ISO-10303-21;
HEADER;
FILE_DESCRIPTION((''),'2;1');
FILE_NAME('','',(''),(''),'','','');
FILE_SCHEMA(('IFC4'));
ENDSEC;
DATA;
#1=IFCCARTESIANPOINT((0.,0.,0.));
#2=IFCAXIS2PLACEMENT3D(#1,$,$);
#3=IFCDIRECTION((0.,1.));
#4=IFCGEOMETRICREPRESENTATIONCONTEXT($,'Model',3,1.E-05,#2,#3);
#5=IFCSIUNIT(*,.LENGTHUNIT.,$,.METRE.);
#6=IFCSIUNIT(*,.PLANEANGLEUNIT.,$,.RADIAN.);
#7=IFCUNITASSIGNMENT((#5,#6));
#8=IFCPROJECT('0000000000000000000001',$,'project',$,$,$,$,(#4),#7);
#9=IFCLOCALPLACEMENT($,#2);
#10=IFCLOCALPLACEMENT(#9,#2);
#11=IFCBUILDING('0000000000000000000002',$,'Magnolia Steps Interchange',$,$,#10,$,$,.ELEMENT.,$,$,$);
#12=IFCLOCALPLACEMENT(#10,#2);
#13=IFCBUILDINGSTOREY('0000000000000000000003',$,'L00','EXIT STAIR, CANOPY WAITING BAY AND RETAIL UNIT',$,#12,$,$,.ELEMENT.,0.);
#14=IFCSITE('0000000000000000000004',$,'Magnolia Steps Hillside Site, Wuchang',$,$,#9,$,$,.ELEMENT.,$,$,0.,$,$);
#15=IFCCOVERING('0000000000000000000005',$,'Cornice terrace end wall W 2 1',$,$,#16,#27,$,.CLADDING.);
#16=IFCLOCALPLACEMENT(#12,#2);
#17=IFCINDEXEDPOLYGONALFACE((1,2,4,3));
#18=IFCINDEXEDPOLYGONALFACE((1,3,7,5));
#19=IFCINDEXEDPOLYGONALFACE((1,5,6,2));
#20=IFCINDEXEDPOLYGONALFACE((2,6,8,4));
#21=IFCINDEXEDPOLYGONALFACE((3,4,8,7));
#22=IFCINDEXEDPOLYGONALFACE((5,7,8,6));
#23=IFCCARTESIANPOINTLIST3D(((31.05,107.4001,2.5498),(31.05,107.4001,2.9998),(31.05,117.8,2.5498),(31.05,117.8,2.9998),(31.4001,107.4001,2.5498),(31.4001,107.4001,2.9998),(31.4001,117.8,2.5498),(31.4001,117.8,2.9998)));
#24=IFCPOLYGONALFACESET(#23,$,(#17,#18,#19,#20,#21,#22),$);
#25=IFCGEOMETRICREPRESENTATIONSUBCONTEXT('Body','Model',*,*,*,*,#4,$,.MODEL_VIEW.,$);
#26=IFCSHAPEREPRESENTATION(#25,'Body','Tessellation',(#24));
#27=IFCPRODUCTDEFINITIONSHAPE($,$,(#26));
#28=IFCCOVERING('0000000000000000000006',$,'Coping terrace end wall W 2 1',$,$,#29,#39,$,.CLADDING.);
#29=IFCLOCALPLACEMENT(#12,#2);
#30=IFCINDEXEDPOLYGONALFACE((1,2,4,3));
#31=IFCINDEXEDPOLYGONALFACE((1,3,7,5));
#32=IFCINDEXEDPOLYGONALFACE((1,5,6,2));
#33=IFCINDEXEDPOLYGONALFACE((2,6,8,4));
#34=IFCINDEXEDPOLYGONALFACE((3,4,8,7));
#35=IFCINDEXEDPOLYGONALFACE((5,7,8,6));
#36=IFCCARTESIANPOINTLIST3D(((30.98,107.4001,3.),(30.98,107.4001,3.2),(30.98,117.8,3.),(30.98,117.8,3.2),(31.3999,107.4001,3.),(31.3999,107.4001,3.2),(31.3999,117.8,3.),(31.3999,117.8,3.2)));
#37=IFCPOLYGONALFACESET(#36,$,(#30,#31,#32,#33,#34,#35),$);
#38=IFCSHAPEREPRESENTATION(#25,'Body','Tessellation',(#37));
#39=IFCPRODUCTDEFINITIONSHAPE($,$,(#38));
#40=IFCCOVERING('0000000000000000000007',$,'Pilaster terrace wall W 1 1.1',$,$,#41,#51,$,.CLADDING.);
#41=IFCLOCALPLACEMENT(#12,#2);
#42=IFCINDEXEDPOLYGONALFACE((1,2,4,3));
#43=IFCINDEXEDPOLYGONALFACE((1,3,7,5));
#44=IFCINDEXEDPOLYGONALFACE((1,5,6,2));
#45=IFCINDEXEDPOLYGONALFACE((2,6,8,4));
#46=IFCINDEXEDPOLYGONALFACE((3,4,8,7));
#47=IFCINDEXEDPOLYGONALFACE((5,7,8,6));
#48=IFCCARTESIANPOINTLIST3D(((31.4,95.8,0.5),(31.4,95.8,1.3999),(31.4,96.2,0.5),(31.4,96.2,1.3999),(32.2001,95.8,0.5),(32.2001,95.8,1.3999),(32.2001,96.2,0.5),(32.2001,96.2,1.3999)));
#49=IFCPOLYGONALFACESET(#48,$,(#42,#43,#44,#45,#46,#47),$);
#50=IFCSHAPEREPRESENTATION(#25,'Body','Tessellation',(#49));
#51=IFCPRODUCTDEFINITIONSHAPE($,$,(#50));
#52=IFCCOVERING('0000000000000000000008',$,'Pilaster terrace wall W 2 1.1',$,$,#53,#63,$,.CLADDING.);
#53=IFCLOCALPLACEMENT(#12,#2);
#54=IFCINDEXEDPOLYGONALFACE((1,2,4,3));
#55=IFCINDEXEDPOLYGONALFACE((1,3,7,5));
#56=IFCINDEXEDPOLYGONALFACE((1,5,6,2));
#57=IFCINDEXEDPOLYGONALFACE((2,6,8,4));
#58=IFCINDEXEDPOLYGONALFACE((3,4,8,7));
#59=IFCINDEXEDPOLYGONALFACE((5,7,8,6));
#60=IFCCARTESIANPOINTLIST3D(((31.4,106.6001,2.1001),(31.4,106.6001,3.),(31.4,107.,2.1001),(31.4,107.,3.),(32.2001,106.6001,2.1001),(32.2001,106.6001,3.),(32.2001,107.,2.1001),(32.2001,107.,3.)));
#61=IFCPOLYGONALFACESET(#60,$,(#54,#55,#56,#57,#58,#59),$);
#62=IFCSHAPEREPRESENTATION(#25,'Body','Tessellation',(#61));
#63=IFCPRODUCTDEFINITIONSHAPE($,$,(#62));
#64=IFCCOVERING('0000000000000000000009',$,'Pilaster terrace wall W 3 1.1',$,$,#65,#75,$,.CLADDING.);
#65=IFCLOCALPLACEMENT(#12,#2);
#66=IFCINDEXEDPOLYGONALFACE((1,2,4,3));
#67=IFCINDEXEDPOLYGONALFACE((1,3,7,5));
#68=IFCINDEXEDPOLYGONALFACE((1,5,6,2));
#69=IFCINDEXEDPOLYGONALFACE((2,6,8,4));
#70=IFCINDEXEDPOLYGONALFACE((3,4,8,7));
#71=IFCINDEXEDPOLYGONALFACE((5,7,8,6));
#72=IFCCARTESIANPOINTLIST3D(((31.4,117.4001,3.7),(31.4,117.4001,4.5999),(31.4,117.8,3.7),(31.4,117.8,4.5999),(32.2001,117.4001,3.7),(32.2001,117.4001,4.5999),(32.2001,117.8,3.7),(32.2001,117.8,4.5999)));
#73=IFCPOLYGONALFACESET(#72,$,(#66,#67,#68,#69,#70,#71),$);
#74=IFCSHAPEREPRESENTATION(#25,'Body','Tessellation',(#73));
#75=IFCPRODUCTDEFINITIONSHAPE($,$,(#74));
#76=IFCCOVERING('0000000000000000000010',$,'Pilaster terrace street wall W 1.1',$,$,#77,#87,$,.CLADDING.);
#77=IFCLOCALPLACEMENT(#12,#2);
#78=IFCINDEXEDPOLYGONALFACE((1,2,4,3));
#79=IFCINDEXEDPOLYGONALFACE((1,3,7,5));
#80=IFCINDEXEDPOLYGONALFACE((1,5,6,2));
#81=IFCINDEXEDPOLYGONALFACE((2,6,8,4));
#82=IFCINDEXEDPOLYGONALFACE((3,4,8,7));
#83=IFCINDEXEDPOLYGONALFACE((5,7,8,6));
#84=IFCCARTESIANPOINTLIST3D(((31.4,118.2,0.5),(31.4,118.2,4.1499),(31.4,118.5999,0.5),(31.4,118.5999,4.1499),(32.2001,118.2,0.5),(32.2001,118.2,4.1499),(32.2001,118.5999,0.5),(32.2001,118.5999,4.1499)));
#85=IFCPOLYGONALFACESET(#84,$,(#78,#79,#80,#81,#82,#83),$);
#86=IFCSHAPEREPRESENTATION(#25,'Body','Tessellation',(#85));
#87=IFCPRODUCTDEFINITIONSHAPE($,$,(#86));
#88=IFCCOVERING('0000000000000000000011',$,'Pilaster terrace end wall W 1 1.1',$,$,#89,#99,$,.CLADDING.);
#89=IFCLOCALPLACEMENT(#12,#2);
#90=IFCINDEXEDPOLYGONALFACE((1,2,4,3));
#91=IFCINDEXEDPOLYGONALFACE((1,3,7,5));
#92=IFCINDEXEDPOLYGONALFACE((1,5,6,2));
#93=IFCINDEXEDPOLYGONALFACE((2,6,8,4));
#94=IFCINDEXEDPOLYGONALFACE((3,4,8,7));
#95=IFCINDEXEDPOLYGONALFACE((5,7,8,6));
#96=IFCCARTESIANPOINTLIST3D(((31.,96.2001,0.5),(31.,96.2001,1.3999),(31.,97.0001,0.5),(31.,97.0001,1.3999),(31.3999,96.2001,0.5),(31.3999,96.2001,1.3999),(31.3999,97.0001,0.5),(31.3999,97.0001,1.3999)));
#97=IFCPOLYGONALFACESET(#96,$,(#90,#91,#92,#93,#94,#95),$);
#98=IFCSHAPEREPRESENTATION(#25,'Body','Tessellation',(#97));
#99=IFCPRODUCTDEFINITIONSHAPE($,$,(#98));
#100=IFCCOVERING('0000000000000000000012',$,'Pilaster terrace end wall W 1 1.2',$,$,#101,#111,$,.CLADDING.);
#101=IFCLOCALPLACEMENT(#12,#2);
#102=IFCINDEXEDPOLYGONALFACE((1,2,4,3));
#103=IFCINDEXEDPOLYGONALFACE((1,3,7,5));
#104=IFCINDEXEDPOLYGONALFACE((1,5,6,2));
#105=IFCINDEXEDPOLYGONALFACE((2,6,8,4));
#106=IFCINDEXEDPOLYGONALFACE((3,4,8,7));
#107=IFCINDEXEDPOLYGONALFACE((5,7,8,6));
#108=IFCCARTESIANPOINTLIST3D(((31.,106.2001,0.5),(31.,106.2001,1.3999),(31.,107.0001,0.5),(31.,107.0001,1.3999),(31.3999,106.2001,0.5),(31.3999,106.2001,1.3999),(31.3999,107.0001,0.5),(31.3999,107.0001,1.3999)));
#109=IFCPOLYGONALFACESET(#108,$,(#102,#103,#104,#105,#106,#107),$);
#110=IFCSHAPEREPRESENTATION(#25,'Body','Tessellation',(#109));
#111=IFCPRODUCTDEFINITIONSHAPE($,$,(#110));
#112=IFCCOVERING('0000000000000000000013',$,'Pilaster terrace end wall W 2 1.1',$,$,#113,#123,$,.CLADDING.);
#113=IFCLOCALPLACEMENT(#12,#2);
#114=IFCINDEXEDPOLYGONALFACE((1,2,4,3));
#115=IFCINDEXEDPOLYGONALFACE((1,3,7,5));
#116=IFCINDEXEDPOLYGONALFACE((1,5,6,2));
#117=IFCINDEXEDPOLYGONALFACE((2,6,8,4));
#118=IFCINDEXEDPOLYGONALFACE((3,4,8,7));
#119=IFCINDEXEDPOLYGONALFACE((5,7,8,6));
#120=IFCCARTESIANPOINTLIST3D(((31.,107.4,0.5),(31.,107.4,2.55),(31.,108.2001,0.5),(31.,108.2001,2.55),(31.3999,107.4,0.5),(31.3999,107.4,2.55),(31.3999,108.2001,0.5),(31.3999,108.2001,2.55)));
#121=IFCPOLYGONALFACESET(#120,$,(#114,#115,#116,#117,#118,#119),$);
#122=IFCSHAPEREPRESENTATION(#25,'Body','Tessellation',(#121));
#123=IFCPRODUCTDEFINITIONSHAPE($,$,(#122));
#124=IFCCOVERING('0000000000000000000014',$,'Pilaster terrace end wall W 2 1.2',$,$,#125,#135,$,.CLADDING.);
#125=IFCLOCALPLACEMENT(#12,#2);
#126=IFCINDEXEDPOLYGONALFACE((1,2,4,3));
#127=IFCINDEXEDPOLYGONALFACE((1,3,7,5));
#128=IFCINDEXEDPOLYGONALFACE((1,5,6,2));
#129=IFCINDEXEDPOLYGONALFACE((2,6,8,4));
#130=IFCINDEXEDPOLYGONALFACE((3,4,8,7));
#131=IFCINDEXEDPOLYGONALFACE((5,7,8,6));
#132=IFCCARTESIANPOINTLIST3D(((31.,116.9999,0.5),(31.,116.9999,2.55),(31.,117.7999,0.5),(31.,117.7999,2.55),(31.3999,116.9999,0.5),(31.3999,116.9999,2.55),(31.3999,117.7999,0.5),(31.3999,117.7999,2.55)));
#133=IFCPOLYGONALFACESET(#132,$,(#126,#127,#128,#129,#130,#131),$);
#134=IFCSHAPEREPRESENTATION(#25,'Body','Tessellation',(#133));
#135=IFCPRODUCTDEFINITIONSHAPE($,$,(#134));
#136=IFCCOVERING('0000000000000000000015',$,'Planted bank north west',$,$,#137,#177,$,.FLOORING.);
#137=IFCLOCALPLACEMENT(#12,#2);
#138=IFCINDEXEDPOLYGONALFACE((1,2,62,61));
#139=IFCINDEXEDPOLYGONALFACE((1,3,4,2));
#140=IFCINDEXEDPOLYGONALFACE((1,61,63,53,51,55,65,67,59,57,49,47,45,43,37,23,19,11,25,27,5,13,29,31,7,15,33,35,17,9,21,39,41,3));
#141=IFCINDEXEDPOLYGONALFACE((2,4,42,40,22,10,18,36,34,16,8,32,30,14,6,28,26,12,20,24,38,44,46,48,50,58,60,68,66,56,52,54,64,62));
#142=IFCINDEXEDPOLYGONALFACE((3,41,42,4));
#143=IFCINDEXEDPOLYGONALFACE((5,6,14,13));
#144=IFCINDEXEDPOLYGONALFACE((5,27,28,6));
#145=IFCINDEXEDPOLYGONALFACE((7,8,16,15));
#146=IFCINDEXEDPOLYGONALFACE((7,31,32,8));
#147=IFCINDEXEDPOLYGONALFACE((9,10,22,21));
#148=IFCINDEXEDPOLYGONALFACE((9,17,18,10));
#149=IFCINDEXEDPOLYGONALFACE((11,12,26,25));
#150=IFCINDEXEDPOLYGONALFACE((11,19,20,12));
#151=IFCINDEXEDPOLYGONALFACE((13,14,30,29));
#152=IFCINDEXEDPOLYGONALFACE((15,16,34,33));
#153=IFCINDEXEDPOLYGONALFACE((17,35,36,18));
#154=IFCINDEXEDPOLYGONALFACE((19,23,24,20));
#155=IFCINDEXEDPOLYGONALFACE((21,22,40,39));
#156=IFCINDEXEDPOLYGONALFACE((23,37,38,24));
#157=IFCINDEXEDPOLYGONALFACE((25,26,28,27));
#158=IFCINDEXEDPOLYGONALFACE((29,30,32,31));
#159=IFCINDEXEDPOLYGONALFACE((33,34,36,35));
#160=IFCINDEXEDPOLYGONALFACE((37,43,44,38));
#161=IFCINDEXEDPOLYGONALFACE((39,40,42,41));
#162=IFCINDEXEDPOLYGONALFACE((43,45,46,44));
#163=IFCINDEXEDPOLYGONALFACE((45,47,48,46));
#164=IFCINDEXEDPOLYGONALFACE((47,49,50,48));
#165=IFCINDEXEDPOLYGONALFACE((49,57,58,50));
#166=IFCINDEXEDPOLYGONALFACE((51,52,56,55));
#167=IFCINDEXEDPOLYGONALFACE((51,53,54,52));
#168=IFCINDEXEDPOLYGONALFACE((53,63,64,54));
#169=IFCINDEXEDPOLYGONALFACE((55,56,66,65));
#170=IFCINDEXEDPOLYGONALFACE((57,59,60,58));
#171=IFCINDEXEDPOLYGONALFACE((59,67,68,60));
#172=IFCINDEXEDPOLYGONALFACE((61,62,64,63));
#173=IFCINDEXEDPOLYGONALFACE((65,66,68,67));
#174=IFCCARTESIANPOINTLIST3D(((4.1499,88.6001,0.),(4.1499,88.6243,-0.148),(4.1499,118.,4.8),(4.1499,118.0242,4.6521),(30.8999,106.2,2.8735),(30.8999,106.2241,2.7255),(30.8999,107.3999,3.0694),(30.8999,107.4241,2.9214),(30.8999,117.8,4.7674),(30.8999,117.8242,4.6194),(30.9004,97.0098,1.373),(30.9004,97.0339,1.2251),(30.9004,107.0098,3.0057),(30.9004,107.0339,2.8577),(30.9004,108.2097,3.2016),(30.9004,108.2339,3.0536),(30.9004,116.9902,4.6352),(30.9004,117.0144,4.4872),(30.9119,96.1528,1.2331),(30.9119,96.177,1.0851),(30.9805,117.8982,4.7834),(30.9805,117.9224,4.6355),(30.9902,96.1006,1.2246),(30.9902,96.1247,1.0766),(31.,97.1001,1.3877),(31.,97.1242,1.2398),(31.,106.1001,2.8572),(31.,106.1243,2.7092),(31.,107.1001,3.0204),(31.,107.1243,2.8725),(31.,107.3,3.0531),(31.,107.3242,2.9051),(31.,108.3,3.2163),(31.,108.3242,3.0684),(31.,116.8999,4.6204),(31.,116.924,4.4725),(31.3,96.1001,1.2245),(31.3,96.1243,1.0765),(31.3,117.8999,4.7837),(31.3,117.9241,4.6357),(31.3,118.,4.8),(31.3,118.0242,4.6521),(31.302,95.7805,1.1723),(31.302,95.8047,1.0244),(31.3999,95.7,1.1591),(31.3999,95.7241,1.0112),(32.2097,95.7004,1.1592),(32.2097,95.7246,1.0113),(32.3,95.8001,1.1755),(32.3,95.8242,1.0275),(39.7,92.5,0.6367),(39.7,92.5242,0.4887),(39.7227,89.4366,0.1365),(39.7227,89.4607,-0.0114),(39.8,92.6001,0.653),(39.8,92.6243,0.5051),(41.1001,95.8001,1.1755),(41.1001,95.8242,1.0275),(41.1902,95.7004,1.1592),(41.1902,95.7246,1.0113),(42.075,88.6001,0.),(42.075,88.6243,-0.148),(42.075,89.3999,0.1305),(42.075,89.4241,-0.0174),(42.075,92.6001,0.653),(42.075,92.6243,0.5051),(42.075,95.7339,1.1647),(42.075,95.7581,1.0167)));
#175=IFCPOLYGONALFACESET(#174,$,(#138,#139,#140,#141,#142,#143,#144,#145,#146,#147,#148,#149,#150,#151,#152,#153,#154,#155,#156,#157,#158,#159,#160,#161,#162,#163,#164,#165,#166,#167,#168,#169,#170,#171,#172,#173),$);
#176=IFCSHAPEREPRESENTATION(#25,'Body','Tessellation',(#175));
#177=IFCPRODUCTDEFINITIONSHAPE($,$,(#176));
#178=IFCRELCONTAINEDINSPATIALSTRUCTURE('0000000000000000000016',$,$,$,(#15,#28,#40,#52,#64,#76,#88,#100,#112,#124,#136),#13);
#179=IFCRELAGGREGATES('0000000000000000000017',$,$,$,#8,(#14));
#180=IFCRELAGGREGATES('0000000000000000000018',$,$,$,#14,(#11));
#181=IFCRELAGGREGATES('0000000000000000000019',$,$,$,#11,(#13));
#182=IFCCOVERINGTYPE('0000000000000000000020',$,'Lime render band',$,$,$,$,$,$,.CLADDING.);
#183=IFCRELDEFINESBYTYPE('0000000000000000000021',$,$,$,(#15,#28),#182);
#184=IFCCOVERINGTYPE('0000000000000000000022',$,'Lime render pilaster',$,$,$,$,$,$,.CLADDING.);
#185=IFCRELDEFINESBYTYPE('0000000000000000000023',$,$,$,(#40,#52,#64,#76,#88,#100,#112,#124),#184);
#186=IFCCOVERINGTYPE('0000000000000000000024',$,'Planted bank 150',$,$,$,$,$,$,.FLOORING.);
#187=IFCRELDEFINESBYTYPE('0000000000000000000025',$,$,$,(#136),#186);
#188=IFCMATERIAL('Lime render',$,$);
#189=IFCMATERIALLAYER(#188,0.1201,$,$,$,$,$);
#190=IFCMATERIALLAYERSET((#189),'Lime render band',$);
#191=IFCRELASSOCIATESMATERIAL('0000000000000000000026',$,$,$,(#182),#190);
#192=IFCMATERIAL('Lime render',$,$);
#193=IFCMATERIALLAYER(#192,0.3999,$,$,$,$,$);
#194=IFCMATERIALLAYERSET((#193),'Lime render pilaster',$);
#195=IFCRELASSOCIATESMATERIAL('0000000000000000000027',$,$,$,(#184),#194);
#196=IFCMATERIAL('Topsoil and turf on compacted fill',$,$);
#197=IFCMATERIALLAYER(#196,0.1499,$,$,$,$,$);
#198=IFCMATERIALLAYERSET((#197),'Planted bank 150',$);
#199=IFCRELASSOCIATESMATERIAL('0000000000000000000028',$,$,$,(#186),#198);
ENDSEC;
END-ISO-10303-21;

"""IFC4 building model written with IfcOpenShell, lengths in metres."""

from ifc_helpers import new_model, si_unit, direction, frame, origin, origin_2d, place, context, subcontext, project, spatial, polyline, rectangle, outline, extrude, material, layer, layer_set, type_object, element, save


model = new_model("IFC4")

# Units and contexts
model_context = context("Model", 3, precision=1e-05, world=origin(), true_north=direction((0.0, 1.0)))
body_context = subcontext(model_context, "Body", "Model", "MODEL_VIEW")
ifc_project = project(units=[si_unit("LENGTHUNIT", "METRE"), si_unit("PLANEANGLEUNIT", "RADIAN")], contexts=[model_context])

# Site, building, storey
site_placement = place(None, origin())
site = spatial("IfcSite", under=ifc_project, at=site_placement, Name="Magnolia Steps Hillside Site, Wuchang", CompositionType="ELEMENT", RefElevation=0.0)
building_placement = place(site_placement, origin())
building = spatial("IfcBuilding", under=site, at=building_placement, Name="Magnolia Steps Interchange", CompositionType="ELEMENT")
storey_placement = place(building_placement, origin())
storey = spatial("IfcBuildingStorey", under=building, at=storey_placement, Name="L00", Description="EXIT STAIR, CANOPY WAITING BAY AND RETAIL UNIT", CompositionType="ELEMENT", Elevation=0.0)

# Coverings
ifc_material_1 = material(Name="Lime render")
ifc_layer_1 = layer(ifc_material_1, 0.1201)
ifc_layer_set_1 = layer_set([ifc_layer_1], Name="Lime render band")
covering_type_1 = type_object("IfcCoveringType", Name="Lime render band", PredefinedType="CLADDING", material=ifc_layer_set_1)
covering_1_placement = place(storey_placement, frame((31.2251, 112.6001, 2.5498), z_axis=(0.0, 0.0, 1.0), x_axis=(1.0, 0.0, 0.0)))
element("IfcCovering", 1, at=covering_1_placement, inside=storey, type_object=covering_type_1, Name="Cornice terrace end wall W 2 1", PredefinedType="CLADDING", context=body_context, shape_type="SweptSolid", body=[
    extrude(rectangle(XDim=0.3501, YDim=10.3999, at=origin_2d()), origin(), (0.0, 0.0, 1.0), 0.45),
])
covering_2_placement = place(storey_placement, frame((31.1899, 112.6001, 3.0), z_axis=(0.0, 0.0, 1.0), x_axis=(1.0, 0.0, 0.0)))
element("IfcCovering", 2, at=covering_2_placement, inside=storey, type_object=covering_type_1, Name="Coping terrace end wall W 2 1", PredefinedType="CLADDING", context=body_context, shape_type="SweptSolid", body=[
    extrude(rectangle(XDim=0.4199, YDim=10.3999, at=origin_2d()), origin(), (0.0, 0.0, 1.0), 0.2),
])
ifc_material_2 = material(Name="Lime render")
ifc_layer_2 = layer(ifc_material_2, 0.3999)
ifc_layer_set_2 = layer_set([ifc_layer_2], Name="Lime render pilaster")
covering_type_2 = type_object("IfcCoveringType", Name="Lime render pilaster", PredefinedType="CLADDING", material=ifc_layer_set_2)
for number, where, z_axis, x_axis, name in (
    (3, (31.8, 96.0, 0.5), (0.0, 0.0, 1.0), (1.0, 0.0, 0.0), "Pilaster terrace wall W 1 1.1"),
    (4, (31.8, 106.8, 2.1001), (0.0, 0.0, 1.0), (1.0, 0.0, 0.0), "Pilaster terrace wall W 2 1.1"),
    (5, (31.8, 117.6001, 3.7), (0.0, 0.0, 1.0), (1.0, 0.0, 0.0), "Pilaster terrace wall W 3 1.1"),
):
    element("IfcCovering", number, at=place(storey_placement, frame(where, z_axis=z_axis, x_axis=x_axis)), inside=storey, type_object=covering_type_2, Name=name, PredefinedType="CLADDING", context=body_context, shape_type="SweptSolid", body=[
        extrude(rectangle(XDim=0.8, YDim=0.3999, at=origin_2d()), origin(), (0.0, 0.0, 1.0), 0.8999),
    ])
covering_3_placement = place(storey_placement, frame((31.8, 118.3999, 0.5), z_axis=(0.0, 0.0, 1.0), x_axis=(1.0, 0.0, 0.0)))
element("IfcCovering", 6, at=covering_3_placement, inside=storey, type_object=covering_type_2, Name="Pilaster terrace street wall W 1.1", PredefinedType="CLADDING", context=body_context, shape_type="SweptSolid", body=[
    extrude(rectangle(XDim=0.8, YDim=0.3999, at=origin_2d()), origin(), (0.0, 0.0, 1.0), 3.6499),
])
for number, where, z_axis, x_axis, name in (
    (7, (31.2, 96.6001, 0.5), (0.0, 0.0, 1.0), (1.0, 0.0, 0.0), "Pilaster terrace end wall W 1 1.1"),
    (8, (31.2, 106.6001, 0.5), (0.0, 0.0, 1.0), (1.0, 0.0, 0.0), "Pilaster terrace end wall W 1 1.2"),
):
    element("IfcCovering", number, at=place(storey_placement, frame(where, z_axis=z_axis, x_axis=x_axis)), inside=storey, type_object=covering_type_2, Name=name, PredefinedType="CLADDING", context=body_context, shape_type="SweptSolid", body=[
        extrude(rectangle(XDim=0.3999, YDim=0.8, at=origin_2d()), origin(), (0.0, 0.0, 1.0), 0.8999),
    ])
for number, where, z_axis, x_axis, name in (
    (9, (31.2, 107.8, 0.5), (0.0, 0.0, 1.0), (1.0, 0.0, 0.0), "Pilaster terrace end wall W 2 1.1"),
    (10, (31.2, 117.3999, 0.5), (0.0, 0.0, 1.0), (1.0, 0.0, 0.0), "Pilaster terrace end wall W 2 1.2"),
):
    element("IfcCovering", number, at=place(storey_placement, frame(where, z_axis=z_axis, x_axis=x_axis)), inside=storey, type_object=covering_type_2, Name=name, PredefinedType="CLADDING", context=body_context, shape_type="SweptSolid", body=[
        extrude(rectangle(XDim=0.3999, YDim=0.8, at=origin_2d()), origin(), (0.0, 0.0, 1.0), 2.05),
    ])
ifc_material_3 = material(Name="Topsoil and turf on compacted fill")
ifc_layer_3 = layer(ifc_material_3, 0.1499)
ifc_layer_set_3 = layer_set([ifc_layer_3], Name="Planted bank 150")
covering_type_3 = type_object("IfcCoveringType", Name="Planted bank 150", PredefinedType="FLOORING", material=ifc_layer_set_3)
covering_4_placement = place(storey_placement, frame((4.1499, 118.0, 4.8), z_axis=(0.000001, -0.161134, 0.986932), x_axis=(1.0, 0.0, -0.000001)))
element("IfcCovering", 11, at=covering_4_placement, inside=storey, type_object=covering_type_3, Name="Planted bank north west", PredefinedType="FLOORING", context=body_context, shape_type="SweptSolid", body=[
    extrude(outline(polyline([(0.0, 0.0), (27.1501, 0.0), (27.1501, -0.1014), (26.8306, -0.1032), (26.75, -0.2026), (26.7505, -1.0232), (26.8501, -1.1147), (26.8501, -9.8284), (26.7505, -9.9199), (26.75, -10.7405), (26.8501, -10.8416), (26.8501, -11.0442), (26.7505, -11.1358), (26.75, -11.9563), (26.8501, -12.0575), (26.8501, -21.1766), (26.7505, -21.2682), (26.762, -22.1364), (26.8403, -22.1894), (27.1501, -22.1899), (27.1521, -22.5137), (27.25, -22.5953), (28.0598, -22.5948), (28.1501, -22.4939), (36.9502, -22.4939), (37.0403, -22.5948), (37.925, -22.5609), (37.925, -25.7362), (35.6501, -25.7362), (35.55, -25.8376), (35.5728, -28.9416), (37.925, -28.9788), (37.925, -29.7892), (0.0, -29.7892), (0.0, 0.0)])), origin(), (0.0, 0.0, -1.0), 0.1499),
])

save(model, "model.ifc")
